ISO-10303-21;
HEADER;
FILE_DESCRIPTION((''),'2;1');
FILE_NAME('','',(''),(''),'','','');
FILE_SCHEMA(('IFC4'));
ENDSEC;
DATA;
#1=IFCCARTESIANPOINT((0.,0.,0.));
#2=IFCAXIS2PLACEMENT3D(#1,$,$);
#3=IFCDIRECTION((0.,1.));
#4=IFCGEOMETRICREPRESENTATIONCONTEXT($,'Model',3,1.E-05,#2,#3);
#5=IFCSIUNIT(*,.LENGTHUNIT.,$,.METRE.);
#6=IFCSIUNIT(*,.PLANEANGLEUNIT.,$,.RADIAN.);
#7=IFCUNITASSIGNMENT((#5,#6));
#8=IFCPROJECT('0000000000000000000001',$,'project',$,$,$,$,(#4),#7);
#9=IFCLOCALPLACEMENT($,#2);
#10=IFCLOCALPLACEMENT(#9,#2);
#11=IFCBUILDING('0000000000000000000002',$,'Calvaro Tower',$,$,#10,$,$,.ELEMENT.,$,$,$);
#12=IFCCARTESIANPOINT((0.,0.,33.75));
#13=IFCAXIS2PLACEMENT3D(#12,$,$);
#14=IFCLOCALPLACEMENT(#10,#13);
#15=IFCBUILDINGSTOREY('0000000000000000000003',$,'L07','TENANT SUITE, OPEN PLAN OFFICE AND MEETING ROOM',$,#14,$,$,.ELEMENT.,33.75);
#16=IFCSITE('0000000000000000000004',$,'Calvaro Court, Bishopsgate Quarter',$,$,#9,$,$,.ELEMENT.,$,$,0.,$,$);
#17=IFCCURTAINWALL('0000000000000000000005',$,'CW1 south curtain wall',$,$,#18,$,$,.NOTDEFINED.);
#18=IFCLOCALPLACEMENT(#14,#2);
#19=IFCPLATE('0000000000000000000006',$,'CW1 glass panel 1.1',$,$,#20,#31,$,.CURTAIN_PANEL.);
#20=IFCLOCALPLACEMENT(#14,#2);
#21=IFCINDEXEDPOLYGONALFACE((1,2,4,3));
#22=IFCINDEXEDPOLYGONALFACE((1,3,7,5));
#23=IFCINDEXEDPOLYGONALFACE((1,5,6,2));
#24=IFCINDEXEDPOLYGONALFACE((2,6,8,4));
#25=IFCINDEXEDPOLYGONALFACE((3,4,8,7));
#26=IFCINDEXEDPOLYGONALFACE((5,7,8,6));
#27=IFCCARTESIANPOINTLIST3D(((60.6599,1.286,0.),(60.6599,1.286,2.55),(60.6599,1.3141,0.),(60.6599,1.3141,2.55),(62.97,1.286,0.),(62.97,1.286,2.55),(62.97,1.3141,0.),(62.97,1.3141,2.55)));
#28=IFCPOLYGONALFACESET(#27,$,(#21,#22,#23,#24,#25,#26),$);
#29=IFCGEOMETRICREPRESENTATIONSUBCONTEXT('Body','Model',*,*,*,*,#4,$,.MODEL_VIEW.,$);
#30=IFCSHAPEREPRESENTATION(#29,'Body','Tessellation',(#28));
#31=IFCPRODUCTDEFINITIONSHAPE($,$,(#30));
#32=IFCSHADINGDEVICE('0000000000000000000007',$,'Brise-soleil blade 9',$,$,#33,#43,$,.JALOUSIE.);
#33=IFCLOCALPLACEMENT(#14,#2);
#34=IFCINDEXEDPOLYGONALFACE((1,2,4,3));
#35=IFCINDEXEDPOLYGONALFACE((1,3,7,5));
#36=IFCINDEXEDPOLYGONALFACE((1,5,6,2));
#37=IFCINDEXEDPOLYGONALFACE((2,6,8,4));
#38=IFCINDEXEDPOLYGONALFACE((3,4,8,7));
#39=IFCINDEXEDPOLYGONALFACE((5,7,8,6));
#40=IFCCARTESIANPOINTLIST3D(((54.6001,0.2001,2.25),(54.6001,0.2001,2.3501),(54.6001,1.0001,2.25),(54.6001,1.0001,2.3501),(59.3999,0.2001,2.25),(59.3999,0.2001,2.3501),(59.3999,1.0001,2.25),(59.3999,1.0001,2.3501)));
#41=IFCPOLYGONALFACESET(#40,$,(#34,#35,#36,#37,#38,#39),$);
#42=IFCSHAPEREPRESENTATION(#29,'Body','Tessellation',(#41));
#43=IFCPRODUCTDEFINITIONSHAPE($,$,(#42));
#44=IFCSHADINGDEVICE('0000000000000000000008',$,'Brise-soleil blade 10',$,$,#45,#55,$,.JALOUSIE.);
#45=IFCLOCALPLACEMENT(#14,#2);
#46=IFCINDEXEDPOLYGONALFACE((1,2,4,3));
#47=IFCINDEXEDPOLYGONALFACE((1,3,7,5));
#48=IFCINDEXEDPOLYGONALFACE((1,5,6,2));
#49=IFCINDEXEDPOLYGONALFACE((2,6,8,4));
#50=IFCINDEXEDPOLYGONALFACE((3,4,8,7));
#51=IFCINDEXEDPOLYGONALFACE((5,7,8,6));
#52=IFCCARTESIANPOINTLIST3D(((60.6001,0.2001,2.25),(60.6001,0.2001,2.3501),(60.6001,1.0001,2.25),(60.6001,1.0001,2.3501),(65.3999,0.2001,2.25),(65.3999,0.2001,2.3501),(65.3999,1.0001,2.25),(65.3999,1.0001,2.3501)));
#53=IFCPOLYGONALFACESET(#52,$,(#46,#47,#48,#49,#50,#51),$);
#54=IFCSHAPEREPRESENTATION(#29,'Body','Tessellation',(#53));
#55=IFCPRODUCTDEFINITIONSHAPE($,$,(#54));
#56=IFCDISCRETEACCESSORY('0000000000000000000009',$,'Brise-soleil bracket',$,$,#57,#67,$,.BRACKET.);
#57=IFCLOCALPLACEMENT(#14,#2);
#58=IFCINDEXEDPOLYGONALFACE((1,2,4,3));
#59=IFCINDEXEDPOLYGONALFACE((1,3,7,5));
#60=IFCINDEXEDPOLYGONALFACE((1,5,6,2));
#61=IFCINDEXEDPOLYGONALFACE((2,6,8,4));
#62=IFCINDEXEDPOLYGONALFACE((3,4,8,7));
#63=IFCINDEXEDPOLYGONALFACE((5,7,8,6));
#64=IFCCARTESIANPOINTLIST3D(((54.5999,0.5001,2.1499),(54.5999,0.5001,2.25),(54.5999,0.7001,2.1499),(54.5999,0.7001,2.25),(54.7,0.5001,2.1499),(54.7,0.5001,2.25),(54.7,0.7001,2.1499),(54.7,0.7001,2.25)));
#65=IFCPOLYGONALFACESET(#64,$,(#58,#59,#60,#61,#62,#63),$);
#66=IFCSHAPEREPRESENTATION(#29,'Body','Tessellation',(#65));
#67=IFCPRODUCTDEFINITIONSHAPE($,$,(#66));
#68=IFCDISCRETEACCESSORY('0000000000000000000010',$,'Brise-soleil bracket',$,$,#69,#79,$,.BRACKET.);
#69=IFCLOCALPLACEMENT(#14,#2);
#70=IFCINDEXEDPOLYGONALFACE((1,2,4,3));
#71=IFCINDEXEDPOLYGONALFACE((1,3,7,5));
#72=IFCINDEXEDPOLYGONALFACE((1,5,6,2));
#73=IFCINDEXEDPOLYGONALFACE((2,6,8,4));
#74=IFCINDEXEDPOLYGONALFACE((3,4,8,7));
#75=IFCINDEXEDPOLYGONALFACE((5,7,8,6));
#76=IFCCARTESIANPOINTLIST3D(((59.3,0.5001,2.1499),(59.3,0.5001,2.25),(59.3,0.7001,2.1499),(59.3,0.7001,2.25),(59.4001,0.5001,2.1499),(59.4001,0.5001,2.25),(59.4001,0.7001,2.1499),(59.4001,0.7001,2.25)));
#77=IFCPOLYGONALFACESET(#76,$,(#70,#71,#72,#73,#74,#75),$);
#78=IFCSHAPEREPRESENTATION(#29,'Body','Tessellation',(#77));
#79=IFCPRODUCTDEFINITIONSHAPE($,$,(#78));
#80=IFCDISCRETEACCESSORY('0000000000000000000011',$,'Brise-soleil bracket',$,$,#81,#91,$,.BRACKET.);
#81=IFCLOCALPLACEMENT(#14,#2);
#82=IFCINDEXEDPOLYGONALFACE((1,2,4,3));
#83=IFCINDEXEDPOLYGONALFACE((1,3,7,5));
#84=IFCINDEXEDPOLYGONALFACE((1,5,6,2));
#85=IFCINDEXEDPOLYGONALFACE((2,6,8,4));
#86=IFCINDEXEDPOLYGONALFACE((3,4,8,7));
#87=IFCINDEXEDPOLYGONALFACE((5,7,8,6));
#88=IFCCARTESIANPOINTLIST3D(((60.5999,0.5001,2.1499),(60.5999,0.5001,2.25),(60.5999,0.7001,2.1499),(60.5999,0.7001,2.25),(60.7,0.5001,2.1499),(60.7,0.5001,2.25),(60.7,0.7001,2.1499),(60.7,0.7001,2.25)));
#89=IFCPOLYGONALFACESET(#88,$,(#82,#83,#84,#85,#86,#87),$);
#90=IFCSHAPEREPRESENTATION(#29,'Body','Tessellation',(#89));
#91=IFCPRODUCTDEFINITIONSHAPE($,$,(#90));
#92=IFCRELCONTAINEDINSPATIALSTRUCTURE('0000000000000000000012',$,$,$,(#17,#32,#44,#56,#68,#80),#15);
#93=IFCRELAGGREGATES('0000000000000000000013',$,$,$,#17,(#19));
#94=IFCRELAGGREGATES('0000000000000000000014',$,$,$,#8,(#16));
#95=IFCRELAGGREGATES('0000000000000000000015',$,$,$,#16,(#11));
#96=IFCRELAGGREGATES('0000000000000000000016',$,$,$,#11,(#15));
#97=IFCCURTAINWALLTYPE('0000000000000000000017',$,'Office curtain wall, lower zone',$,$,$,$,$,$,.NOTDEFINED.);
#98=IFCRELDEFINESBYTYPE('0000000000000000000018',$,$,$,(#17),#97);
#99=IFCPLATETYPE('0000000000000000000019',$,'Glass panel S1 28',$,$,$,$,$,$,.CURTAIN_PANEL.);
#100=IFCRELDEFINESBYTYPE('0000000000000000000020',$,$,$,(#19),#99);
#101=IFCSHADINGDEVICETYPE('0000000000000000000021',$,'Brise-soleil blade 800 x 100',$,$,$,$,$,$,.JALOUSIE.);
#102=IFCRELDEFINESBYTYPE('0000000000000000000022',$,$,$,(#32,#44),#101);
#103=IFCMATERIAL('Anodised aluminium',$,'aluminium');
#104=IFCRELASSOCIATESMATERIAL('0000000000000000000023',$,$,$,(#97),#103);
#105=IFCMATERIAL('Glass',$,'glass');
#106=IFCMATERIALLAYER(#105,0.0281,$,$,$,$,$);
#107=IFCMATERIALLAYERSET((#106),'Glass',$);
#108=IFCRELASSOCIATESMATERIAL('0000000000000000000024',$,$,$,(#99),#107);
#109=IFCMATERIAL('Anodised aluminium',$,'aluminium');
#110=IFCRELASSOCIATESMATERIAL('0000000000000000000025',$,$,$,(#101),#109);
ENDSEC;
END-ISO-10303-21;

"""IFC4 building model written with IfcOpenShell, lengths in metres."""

from ifc_helpers import new_model, si_unit, direction, frame, origin, origin_2d, place, context, subcontext, project, spatial, rectangle, extrude, material, layer, layer_set, material_profile, profile_set, type_object, element, aggregate, save


model = new_model("IFC4")

# Units and contexts
model_context = context("Model", 3, precision=1e-05, world=origin(), true_north=direction((0.0, 1.0)))
body_context = subcontext(model_context, "Body", "Model", "MODEL_VIEW")
ifc_project = project(units=[si_unit("LENGTHUNIT", "METRE"), si_unit("PLANEANGLEUNIT", "RADIAN")], contexts=[model_context])

# Site, building, storey
site_placement = place(None, origin())
site = spatial("IfcSite", under=ifc_project, at=site_placement, Name="Calvaro Court, Bishopsgate Quarter", CompositionType="ELEMENT", RefElevation=0.0)
building_placement = place(site_placement, origin())
building = spatial("IfcBuilding", under=site, at=building_placement, Name="Calvaro Tower", CompositionType="ELEMENT")
storey_placement = place(building_placement, frame((0.0, 0.0, 33.75)))
storey = spatial("IfcBuildingStorey", under=building, at=storey_placement, Name="L07", Description="TENANT SUITE, OPEN PLAN OFFICE AND MEETING ROOM", CompositionType="ELEMENT", Elevation=33.75)

# Curtain wall
ifc_material_1 = material(Name="Anodised aluminium", Category="aluminium")
curtain_wall_type = type_object("IfcCurtainWallType", Name="Office curtain wall, lower zone", PredefinedType="NOTDEFINED", material=ifc_material_1)
curtain_wall_1_placement = place(storey_placement, origin())
curtain_wall_1 = element("IfcCurtainWall", 1, at=curtain_wall_1_placement, inside=storey, type_object=curtain_wall_type, Name="CW1 south curtain wall", PredefinedType="NOTDEFINED")

# Plate
ifc_material_2 = material(Name="Glass", Category="glass")
ifc_layer = layer(ifc_material_2, 0.0281)
ifc_layer_set = layer_set([ifc_layer], Name="Glass")
plate_type = type_object("IfcPlateType", Name="Glass panel S1 28", PredefinedType="CURTAIN_PANEL", material=ifc_layer_set)
plate_1_placement = place(storey_placement, frame((61.8149, 1.3, 0.0), z_axis=(0.0, 0.0, 1.0), x_axis=(1.0, 0.0, 0.0)))
plate_1 = element("IfcPlate", 2, at=plate_1_placement, type_object=plate_type, Name="CW1 glass panel 1.1", PredefinedType="CURTAIN_PANEL", context=body_context, shape_type="SweptSolid", body=[
    extrude(rectangle(XDim=2.3101, YDim=0.0281, at=origin_2d()), origin(), (0.0, 0.0, 1.0), 2.55),
])
aggregate(curtain_wall_1, [plate_1])

# Shading devices
ifc_material_3 = material(Name="Anodised aluminium", Category="aluminium")
ifc_material_profile_1 = material_profile(ifc_material_3, rectangle(XDim=0.8, YDim=0.1001, at=origin_2d()), Name="Brise-soleil blade 800 x 100")
ifc_profile_set_1 = profile_set([ifc_material_profile_1], Name="Anodised aluminium")
shading_device_type = type_object("IfcShadingDeviceType", Name="Brise-soleil blade 800 x 100", PredefinedType="JALOUSIE", material=ifc_profile_set_1)
for number, where, z_axis, x_axis, name in (
    (3, (54.6001, 0.6001, 2.3), (1.0, 0.0, 0.0), (0.0, 1.0, 0.0), "Brise-soleil blade 9"),
    (4, (60.6001, 0.6001, 2.3), (1.0, 0.0, 0.0), (0.0, 1.0, 0.0), "Brise-soleil blade 10"),
):
    element("IfcShadingDevice", number, at=place(storey_placement, frame(where, z_axis=z_axis, x_axis=x_axis)), inside=storey, type_object=shading_device_type, Name=name, PredefinedType="JALOUSIE", context=body_context, shape_type="SweptSolid", body=[
        extrude(rectangle(XDim=0.8, YDim=0.1001, at=origin_2d()), origin(), (0.0, 0.0, 1.0), 4.7998),
    ])

# Discrete accessories
for number, where, z_axis, x_axis, name in (
    (5, (54.6499, 0.6001, 2.1499), (0.0, 0.0, 1.0), (1.0, 0.0, 0.0), "Brise-soleil bracket"),
    (6, (59.3501, 0.6001, 2.1499), (0.0, 0.0, 1.0), (1.0, 0.0, 0.0), "Brise-soleil bracket"),
    (7, (60.6499, 0.6001, 2.1499), (0.0, 0.0, 1.0), (1.0, 0.0, 0.0), "Brise-soleil bracket"),
):
    element("IfcDiscreteAccessory", number, at=place(storey_placement, frame(where, z_axis=z_axis, x_axis=x_axis)), inside=storey, Name=name, PredefinedType="BRACKET", context=body_context, shape_type="SweptSolid", body=[
        extrude(rectangle(XDim=0.1001, YDim=0.2, at=origin_2d()), origin(), (0.0, 0.0, 1.0), 0.1001),
    ])

save(model, "model.ifc")
